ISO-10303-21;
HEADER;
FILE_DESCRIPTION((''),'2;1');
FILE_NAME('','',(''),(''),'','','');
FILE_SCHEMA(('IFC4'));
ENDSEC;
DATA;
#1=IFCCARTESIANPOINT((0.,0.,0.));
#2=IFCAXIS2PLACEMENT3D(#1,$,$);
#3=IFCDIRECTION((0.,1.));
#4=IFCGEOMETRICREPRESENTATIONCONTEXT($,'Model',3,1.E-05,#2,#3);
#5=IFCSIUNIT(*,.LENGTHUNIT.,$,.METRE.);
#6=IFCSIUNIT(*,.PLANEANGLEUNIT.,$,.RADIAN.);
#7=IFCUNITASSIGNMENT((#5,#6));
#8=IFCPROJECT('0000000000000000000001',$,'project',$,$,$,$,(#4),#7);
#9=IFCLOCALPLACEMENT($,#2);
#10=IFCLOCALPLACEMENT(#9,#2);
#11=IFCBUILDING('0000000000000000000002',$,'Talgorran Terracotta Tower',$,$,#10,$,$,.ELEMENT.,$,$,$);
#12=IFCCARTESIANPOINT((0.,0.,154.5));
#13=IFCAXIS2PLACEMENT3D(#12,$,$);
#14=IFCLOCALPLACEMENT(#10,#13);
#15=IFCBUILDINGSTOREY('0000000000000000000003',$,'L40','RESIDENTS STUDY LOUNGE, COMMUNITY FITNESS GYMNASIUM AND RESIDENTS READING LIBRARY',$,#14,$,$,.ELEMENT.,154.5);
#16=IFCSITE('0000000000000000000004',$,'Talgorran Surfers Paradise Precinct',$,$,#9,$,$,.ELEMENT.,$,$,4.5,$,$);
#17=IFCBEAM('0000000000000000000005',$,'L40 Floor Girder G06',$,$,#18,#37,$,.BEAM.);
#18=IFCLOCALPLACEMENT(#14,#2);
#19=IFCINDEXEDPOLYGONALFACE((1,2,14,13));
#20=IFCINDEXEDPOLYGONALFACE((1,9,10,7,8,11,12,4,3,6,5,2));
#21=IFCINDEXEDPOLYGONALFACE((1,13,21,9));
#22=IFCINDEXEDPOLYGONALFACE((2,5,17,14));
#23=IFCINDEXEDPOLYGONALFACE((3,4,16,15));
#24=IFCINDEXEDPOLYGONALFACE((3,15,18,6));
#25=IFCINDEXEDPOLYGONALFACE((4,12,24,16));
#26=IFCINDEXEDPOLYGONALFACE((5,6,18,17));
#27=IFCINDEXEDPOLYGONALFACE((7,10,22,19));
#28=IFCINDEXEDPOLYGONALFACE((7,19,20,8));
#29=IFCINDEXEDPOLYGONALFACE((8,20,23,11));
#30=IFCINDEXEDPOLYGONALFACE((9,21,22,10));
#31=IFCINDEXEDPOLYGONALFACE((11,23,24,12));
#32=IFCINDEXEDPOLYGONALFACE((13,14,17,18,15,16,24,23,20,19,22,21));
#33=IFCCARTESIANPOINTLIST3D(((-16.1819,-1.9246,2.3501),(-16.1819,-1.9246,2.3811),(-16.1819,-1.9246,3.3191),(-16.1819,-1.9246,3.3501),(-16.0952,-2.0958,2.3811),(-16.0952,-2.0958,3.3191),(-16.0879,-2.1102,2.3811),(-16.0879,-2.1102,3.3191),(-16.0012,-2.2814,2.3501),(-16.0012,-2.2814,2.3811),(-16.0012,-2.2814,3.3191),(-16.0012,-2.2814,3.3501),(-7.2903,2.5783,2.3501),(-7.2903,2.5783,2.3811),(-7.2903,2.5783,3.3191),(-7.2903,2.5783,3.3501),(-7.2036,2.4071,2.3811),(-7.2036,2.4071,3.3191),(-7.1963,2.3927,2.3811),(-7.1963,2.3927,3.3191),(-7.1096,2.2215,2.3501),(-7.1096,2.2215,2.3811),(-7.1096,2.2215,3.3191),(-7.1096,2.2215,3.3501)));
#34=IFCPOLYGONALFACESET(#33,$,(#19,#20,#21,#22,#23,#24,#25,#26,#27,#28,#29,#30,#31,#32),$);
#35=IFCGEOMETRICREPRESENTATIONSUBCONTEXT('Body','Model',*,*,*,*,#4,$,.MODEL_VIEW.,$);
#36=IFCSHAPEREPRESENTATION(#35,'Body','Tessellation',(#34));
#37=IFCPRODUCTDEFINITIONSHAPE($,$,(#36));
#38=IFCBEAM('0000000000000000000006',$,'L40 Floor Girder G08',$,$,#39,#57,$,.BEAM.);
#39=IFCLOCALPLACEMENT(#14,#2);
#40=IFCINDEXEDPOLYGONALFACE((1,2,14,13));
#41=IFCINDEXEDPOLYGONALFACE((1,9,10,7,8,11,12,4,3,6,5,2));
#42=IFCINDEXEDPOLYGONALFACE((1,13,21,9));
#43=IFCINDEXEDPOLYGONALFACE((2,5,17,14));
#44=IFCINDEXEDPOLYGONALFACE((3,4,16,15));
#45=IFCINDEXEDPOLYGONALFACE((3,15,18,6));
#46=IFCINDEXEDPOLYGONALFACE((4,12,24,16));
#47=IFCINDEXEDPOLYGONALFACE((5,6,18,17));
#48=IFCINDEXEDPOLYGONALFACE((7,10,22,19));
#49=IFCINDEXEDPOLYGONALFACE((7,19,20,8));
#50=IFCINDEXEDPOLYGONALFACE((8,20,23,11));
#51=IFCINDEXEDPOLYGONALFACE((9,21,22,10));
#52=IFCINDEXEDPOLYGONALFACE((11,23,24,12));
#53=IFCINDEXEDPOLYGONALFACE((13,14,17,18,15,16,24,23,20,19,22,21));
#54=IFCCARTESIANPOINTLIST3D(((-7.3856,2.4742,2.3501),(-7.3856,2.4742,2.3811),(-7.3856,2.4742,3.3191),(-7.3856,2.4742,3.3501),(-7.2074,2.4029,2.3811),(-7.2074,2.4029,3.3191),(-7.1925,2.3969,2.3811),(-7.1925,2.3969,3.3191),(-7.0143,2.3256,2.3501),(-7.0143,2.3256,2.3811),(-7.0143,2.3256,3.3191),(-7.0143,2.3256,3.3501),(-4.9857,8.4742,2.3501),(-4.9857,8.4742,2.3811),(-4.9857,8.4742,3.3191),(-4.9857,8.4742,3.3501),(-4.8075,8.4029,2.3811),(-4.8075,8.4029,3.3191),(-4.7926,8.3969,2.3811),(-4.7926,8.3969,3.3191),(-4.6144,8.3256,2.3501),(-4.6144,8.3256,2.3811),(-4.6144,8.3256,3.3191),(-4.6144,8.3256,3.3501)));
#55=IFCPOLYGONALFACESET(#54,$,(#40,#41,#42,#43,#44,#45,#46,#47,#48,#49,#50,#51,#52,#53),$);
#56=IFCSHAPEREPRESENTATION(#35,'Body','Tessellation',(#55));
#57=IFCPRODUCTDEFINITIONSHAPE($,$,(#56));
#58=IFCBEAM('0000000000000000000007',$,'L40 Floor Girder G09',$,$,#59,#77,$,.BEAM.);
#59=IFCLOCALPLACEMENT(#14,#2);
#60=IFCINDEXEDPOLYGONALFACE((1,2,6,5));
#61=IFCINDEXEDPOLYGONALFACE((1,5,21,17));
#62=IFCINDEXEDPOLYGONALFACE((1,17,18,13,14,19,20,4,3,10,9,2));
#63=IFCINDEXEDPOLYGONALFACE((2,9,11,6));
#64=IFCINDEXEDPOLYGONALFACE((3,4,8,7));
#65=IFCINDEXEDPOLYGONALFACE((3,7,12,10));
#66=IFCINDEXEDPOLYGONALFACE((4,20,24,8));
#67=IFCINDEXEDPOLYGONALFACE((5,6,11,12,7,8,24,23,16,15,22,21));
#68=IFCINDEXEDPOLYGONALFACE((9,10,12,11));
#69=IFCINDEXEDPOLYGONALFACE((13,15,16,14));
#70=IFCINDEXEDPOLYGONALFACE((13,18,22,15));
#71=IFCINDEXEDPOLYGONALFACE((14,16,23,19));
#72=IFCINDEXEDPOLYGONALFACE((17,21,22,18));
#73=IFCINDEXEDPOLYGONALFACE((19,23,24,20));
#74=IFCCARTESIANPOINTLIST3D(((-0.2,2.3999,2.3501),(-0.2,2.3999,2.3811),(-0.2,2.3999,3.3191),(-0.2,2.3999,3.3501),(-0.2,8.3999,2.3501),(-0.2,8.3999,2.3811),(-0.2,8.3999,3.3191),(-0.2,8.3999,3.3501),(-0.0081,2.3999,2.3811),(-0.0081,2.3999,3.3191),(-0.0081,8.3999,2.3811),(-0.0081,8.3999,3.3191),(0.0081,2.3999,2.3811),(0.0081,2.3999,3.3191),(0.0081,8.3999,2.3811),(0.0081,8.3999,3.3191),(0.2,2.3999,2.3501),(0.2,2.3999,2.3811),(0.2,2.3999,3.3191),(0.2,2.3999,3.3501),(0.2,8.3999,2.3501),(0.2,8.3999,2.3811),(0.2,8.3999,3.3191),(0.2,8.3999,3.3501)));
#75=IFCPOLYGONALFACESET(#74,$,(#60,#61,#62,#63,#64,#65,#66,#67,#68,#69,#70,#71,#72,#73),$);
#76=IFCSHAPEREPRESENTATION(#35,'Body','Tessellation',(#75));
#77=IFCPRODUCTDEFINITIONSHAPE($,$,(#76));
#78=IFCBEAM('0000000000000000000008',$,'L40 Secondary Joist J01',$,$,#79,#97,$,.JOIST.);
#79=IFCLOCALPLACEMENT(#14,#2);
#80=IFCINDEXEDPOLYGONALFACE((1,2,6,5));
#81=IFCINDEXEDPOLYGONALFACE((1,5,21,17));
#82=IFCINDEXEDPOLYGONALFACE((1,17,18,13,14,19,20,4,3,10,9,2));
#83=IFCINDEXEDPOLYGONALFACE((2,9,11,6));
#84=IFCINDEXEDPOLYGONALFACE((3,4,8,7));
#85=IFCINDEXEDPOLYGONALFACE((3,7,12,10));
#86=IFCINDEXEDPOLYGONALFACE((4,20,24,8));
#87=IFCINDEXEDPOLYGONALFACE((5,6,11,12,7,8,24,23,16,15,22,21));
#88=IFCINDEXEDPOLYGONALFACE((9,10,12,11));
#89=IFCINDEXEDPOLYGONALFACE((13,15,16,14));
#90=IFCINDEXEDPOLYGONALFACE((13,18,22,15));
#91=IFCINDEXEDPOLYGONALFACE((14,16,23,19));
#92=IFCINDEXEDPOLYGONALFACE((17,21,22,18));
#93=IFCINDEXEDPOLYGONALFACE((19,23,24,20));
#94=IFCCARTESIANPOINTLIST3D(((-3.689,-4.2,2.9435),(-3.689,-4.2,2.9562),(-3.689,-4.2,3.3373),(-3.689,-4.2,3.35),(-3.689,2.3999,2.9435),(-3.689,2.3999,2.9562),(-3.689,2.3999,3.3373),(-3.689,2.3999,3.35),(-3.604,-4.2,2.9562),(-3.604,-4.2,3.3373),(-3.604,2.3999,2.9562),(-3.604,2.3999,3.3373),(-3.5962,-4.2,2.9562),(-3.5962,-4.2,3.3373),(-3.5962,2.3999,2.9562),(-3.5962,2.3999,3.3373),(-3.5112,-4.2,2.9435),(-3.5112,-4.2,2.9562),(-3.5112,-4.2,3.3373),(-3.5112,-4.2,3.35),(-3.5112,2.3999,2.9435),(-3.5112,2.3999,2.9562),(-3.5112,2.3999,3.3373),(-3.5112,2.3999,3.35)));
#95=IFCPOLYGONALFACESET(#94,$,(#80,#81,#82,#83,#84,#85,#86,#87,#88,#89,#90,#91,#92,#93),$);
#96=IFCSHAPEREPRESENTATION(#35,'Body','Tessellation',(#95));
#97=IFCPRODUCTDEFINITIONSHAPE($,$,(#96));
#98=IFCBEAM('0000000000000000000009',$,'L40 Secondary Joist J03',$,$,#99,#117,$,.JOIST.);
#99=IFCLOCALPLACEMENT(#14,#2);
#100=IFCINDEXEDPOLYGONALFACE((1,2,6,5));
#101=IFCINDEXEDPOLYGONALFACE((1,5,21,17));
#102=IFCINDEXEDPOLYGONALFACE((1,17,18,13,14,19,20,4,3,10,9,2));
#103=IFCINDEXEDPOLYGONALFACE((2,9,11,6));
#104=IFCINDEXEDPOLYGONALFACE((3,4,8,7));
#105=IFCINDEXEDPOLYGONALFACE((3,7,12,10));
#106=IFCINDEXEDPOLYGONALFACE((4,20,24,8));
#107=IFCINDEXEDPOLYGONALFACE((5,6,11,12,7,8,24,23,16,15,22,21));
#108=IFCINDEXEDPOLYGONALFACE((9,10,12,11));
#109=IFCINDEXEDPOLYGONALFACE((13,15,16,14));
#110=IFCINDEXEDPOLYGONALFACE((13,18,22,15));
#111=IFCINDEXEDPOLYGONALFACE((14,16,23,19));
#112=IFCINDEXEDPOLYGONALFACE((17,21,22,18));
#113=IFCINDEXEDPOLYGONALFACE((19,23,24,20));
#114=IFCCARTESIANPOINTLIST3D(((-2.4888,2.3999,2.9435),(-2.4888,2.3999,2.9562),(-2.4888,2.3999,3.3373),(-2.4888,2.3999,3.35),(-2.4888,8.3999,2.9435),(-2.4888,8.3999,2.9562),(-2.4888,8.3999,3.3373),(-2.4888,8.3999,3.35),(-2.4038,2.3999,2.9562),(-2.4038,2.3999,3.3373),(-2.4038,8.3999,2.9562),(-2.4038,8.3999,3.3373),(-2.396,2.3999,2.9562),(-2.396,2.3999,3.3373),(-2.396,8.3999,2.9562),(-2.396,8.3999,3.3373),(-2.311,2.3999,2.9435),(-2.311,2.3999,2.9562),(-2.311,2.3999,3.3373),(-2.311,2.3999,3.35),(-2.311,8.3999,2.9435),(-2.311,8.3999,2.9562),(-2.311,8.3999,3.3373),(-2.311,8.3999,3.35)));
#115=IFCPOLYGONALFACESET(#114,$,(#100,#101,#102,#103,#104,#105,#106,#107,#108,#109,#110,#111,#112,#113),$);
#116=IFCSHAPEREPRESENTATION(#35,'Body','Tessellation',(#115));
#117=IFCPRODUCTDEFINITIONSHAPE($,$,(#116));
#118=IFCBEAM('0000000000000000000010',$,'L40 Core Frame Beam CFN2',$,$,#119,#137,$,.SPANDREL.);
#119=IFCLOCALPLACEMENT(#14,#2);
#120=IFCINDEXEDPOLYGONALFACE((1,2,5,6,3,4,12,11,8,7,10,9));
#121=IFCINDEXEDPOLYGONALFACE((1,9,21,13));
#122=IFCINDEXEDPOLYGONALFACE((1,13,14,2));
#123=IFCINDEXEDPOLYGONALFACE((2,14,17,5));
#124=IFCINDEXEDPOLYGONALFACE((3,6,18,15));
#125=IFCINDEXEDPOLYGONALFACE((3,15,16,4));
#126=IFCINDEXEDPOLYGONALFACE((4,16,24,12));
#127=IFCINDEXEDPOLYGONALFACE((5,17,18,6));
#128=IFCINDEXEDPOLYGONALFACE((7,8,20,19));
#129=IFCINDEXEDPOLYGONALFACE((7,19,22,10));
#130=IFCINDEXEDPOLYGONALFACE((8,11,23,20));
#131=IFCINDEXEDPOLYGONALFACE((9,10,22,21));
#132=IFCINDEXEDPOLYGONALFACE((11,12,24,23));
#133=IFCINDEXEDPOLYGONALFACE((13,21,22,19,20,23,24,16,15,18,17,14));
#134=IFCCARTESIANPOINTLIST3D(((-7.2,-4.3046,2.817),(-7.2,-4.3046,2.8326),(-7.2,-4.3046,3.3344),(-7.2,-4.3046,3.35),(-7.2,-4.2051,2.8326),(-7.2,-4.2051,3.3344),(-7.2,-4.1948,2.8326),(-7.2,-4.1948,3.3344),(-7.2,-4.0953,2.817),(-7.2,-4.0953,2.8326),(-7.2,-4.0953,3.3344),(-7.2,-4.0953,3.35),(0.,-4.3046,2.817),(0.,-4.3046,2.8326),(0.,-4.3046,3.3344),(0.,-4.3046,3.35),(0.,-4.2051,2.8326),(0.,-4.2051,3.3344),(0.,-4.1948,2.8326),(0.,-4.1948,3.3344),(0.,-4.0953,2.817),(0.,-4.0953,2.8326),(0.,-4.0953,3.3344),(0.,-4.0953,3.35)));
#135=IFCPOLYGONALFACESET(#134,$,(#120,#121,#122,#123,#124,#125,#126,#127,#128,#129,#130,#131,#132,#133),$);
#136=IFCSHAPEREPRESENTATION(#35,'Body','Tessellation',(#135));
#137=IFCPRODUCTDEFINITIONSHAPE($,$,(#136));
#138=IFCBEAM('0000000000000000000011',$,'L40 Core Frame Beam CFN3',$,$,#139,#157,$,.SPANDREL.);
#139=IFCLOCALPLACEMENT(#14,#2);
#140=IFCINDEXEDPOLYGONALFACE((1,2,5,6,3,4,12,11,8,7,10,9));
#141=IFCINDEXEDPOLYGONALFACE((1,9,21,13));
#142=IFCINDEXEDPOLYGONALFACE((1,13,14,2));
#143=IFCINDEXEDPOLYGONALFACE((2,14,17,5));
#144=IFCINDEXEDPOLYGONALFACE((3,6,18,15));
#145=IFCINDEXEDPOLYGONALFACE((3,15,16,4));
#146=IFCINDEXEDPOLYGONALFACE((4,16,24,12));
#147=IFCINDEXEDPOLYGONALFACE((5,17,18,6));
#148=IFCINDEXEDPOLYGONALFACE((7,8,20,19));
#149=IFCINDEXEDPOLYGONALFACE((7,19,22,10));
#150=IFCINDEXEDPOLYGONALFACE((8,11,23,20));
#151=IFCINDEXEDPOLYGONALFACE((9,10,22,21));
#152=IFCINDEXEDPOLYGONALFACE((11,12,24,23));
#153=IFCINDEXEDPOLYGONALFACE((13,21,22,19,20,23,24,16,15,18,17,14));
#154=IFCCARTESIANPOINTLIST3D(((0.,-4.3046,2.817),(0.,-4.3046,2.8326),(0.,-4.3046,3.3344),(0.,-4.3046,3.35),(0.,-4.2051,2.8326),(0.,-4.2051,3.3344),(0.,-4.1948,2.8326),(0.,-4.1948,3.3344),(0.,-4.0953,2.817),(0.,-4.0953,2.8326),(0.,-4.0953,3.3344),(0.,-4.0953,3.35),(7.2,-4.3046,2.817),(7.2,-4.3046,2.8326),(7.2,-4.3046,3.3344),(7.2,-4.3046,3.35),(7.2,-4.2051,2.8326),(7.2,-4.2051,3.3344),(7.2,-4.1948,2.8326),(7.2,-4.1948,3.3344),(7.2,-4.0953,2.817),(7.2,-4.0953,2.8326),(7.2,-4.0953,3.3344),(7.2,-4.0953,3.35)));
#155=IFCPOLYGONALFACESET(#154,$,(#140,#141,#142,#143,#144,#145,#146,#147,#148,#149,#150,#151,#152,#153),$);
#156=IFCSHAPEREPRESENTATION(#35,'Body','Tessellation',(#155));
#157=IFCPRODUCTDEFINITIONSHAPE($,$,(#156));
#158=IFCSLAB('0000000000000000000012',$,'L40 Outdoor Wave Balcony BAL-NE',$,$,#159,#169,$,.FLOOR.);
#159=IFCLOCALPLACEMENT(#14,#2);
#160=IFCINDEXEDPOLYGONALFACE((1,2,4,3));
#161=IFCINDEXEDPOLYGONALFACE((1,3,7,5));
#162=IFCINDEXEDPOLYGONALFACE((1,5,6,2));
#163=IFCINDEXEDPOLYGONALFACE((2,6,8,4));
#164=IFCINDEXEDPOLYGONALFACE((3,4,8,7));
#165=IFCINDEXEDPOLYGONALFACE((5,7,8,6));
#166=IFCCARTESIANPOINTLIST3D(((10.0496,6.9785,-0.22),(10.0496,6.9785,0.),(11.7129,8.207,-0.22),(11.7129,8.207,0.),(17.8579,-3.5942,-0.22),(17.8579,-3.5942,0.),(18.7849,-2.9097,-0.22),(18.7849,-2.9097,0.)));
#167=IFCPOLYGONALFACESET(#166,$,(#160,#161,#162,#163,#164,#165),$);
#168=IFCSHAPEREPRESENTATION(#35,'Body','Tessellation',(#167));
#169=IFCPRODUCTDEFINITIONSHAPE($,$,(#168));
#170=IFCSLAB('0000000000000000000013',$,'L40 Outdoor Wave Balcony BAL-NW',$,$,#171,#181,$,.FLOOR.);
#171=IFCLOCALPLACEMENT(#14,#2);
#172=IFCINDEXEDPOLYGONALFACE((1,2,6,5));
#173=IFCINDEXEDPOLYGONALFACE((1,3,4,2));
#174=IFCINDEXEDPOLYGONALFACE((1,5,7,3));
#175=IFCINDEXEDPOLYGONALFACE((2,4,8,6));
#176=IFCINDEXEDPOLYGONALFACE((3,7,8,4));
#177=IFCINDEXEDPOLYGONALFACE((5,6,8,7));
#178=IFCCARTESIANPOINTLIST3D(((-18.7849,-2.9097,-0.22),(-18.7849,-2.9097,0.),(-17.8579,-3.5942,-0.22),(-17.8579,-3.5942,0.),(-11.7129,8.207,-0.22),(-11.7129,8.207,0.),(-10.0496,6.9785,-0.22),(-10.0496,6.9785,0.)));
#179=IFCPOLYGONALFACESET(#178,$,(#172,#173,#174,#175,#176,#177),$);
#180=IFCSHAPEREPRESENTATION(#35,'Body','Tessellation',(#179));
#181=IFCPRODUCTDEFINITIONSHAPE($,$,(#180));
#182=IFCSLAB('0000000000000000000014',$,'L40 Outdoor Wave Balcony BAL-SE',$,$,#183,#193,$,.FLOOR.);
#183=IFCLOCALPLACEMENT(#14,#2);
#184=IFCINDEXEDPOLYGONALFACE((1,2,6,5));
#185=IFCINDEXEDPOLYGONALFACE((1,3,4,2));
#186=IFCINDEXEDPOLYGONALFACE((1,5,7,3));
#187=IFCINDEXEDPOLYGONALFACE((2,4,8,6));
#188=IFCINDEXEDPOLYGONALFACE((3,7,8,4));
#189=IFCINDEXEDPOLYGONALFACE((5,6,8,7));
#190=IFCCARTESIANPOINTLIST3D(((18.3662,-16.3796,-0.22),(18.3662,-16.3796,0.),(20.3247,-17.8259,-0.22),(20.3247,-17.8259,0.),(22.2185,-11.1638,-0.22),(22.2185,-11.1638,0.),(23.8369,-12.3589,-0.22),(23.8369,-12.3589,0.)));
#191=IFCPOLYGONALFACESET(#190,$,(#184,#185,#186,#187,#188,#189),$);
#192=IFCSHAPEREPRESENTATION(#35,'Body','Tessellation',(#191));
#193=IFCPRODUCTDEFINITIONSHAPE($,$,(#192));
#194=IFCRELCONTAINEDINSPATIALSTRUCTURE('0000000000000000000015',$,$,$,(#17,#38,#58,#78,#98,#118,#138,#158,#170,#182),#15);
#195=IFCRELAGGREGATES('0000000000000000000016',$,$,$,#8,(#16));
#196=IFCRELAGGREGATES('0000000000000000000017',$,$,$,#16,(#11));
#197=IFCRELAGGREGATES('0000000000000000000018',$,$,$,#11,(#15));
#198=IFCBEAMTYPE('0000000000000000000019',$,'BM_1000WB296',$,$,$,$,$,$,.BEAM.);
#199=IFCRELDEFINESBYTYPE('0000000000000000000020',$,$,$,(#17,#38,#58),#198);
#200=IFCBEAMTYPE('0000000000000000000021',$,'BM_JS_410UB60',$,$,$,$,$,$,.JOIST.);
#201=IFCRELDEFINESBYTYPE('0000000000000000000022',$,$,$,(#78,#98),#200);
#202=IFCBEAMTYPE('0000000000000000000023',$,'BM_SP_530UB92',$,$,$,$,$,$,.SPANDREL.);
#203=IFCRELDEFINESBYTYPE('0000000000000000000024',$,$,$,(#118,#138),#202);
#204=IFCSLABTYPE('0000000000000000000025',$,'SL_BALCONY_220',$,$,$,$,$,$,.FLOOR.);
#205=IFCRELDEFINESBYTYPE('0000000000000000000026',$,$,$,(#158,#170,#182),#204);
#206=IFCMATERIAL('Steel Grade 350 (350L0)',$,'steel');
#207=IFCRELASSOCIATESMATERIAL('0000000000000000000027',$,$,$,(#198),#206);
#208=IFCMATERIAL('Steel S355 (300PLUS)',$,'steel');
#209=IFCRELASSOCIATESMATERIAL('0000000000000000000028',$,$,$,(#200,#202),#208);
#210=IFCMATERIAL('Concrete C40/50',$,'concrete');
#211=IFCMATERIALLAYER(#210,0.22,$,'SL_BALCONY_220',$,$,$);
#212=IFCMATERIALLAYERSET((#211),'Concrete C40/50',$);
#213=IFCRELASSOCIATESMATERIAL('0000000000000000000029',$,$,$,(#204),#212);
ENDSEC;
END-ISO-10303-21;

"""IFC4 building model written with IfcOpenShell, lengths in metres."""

from ifc_helpers import new_model, si_unit, direction, frame, origin, origin_2d, place, context, subcontext, project, spatial, polyline, i_section, outline, extrude, material, layer, layer_set, material_profile, profile_set, type_object, element, save


model = new_model("IFC4")

# Units and contexts
model_context = context("Model", 3, precision=1e-05, world=origin(), true_north=direction((0.0, 1.0)))
body_context = subcontext(model_context, "Body", "Model", "MODEL_VIEW")
ifc_project = project(units=[si_unit("LENGTHUNIT", "METRE"), si_unit("PLANEANGLEUNIT", "RADIAN")], contexts=[model_context])

# Site, building, storey
site_placement = place(None, origin())
site = spatial("IfcSite", under=ifc_project, at=site_placement, Name="Talgorran Surfers Paradise Precinct", CompositionType="ELEMENT", RefElevation=4.5)
building_placement = place(site_placement, origin())
building = spatial("IfcBuilding", under=site, at=building_placement, Name="Talgorran Terracotta Tower", CompositionType="ELEMENT")
storey_placement = place(building_placement, frame((0.0, 0.0, 154.5)))
storey = spatial("IfcBuildingStorey", under=building, at=storey_placement, Name="L40", Description="RESIDENTS STUDY LOUNGE, COMMUNITY FITNESS GYMNASIUM AND RESIDENTS READING LIBRARY", CompositionType="ELEMENT", Elevation=154.5)

# Shared definitions
ifc_material_1 = material(Name="Steel S355 (300PLUS)", Category="steel")

# Beams
ifc_material_2 = material(Name="Steel Grade 350 (350L0)", Category="steel")
ifc_material_profile_1 = material_profile(ifc_material_2, i_section(OverallWidth=0.3999, OverallDepth=1.0, WebThickness=0.0161, FlangeThickness=0.031, at=origin_2d()), Name="1000WB296")
ifc_profile_set_1 = profile_set([ifc_material_profile_1], Name="Steel Grade 350 (350L0)")
beam_type_1 = type_object("IfcBeamType", Name="BM_1000WB296", PredefinedType="BEAM", material=ifc_profile_set_1)
beam_1_placement = place(storey_placement, frame((-7.2, 2.3999, 2.8501), z_axis=(-0.892123, -0.451793, 0.0), x_axis=(0.451793, -0.892123, 0.0)))
element("IfcBeam", 1, at=beam_1_placement, inside=storey, type_object=beam_type_1, Name="L40 Floor Girder G06", PredefinedType="BEAM", context=body_context, shape_type="SweptSolid", body=[
    extrude(i_section(OverallWidth=0.3999, OverallDepth=1.0, WebThickness=0.0161, FlangeThickness=0.031, at=origin_2d()), origin(), (0.0, 0.0, 1.0), 9.9668),
])
beam_2_placement = place(storey_placement, frame((-7.2, 2.3999, 2.8501), z_axis=(0.371378, 0.928482, 0.0), x_axis=(-0.928482, 0.371378, 0.0)))
element("IfcBeam", 2, at=beam_2_placement, inside=storey, type_object=beam_type_1, Name="L40 Floor Girder G08", PredefinedType="BEAM", context=body_context, shape_type="SweptSolid", body=[
    extrude(i_section(OverallWidth=0.3999, OverallDepth=1.0, WebThickness=0.0161, FlangeThickness=0.031, at=origin_2d()), origin(), (0.0, 0.0, 1.0), 6.4622),
])
beam_3_placement = place(storey_placement, frame((0.0, 2.3999, 2.8501), z_axis=(0.0, 1.0, 0.0), x_axis=(-1.0, 0.0, 0.0)))
element("IfcBeam", 3, at=beam_3_placement, inside=storey, type_object=beam_type_1, Name="L40 Floor Girder G09", PredefinedType="BEAM", context=body_context, shape_type="SweptSolid", body=[
    extrude(i_section(OverallWidth=0.3999, OverallDepth=1.0, WebThickness=0.0161, FlangeThickness=0.031, at=origin_2d()), origin(), (0.0, 0.0, 1.0), 6.0),
])
ifc_material_profile_2 = material_profile(ifc_material_1, i_section(OverallWidth=0.1777, OverallDepth=0.4065, WebThickness=0.0078, FlangeThickness=0.0127, at=origin_2d()), Name="410UB59.7")
ifc_profile_set_2 = profile_set([ifc_material_profile_2], Name="Steel S355 (300PLUS)")
beam_type_2 = type_object("IfcBeamType", Name="BM_JS_410UB60", PredefinedType="JOIST", material=ifc_profile_set_2)
beam_4_placement = place(storey_placement, frame((-3.6001, -4.2, 3.1467), z_axis=(0.0, 1.0, 0.0), x_axis=(-1.0, 0.0, 0.0)))
element("IfcBeam", 4, at=beam_4_placement, inside=storey, type_object=beam_type_2, Name="L40 Secondary Joist J01", PredefinedType="JOIST", context=body_context, shape_type="SweptSolid", body=[
    extrude(i_section(OverallWidth=0.1777, OverallDepth=0.4065, WebThickness=0.0078, FlangeThickness=0.0127, at=origin_2d()), origin(), (0.0, 0.0, 1.0), 6.5999),
])
beam_5_placement = place(storey_placement, frame((-2.3999, 2.3999, 3.1467), z_axis=(0.0, 1.0, 0.0), x_axis=(-1.0, 0.0, 0.0)))
element("IfcBeam", 5, at=beam_5_placement, inside=storey, type_object=beam_type_2, Name="L40 Secondary Joist J03", PredefinedType="JOIST", context=body_context, shape_type="SweptSolid", body=[
    extrude(i_section(OverallWidth=0.1777, OverallDepth=0.4065, WebThickness=0.0078, FlangeThickness=0.0127, at=origin_2d()), origin(), (0.0, 0.0, 1.0), 6.0),
])
ifc_material_profile_3 = material_profile(ifc_material_1, i_section(OverallWidth=0.2092, OverallDepth=0.533, WebThickness=0.0103, FlangeThickness=0.0156, at=origin_2d()), Name="530UB92.4")
ifc_profile_set_3 = profile_set([ifc_material_profile_3], Name="Steel S355 (300PLUS)")
beam_type_3 = type_object("IfcBeamType", Name="BM_SP_530UB92", PredefinedType="SPANDREL", material=ifc_profile_set_3)
for number, where, z_axis, x_axis, name in (
    (6, (-7.2, -4.2, 3.0835), (1.0, 0.0, 0.0), (0.0, 1.0, 0.0), "L40 Core Frame Beam CFN2"),
    (7, (0.0, -4.2, 3.0835), (1.0, 0.0, 0.0), (0.0, 1.0, 0.0), "L40 Core Frame Beam CFN3"),
):
    element("IfcBeam", number, at=place(storey_placement, frame(where, z_axis=z_axis, x_axis=x_axis)), inside=storey, type_object=beam_type_3, Name=name, PredefinedType="SPANDREL", context=body_context, shape_type="SweptSolid", body=[
        extrude(i_section(OverallWidth=0.2092, OverallDepth=0.533, WebThickness=0.0103, FlangeThickness=0.0156, at=origin_2d()), origin(), (0.0, 0.0, 1.0), 7.2),
    ])

# Slabs
ifc_material_3 = material(Name="Concrete C40/50", Category="concrete")
ifc_layer_1 = layer(ifc_material_3, 0.22, Name="SL_BALCONY_220")
ifc_layer_set_1 = layer_set([ifc_layer_1], Name="Concrete C40/50")
slab_type_1 = type_object("IfcSlabType", Name="SL_BALCONY_220", PredefinedType="FLOOR", material=ifc_layer_set_1)
slab_1_placement = place(storey_placement, frame((0.0, 0.0, -0.22)))
element("IfcSlab", 8, at=slab_1_placement, inside=storey, type_object=slab_type_1, Name="L40 Outdoor Wave Balcony BAL-NE", PredefinedType="FLOOR", context=body_context, shape_type="SweptSolid", body=[
    extrude(outline(polyline([(10.0496, 6.9785), (17.8579, -3.5942), (18.7849, -2.9097), (11.7129, 8.207), (10.0496, 6.9785)])), origin(), (0.0, 0.0, 1.0), 0.22),
])
slab_2_placement = place(storey_placement, frame((0.0, 0.0, -0.22)))
element("IfcSlab", 9, at=slab_2_placement, inside=storey, type_object=slab_type_1, Name="L40 Outdoor Wave Balcony BAL-NW", PredefinedType="FLOOR", context=body_context, shape_type="SweptSolid", body=[
    extrude(outline(polyline([(-17.8579, -3.5942), (-10.0496, 6.9785), (-11.7129, 8.207), (-18.7849, -2.9097), (-17.8579, -3.5942)])), origin(), (0.0, 0.0, 1.0), 0.22),
])
slab_3_placement = place(storey_placement, frame((0.0, 0.0, -0.22)))
element("IfcSlab", 10, at=slab_3_placement, inside=storey, type_object=slab_type_1, Name="L40 Outdoor Wave Balcony BAL-SE", PredefinedType="FLOOR", context=body_context, shape_type="SweptSolid", body=[
    extrude(outline(polyline([(22.2185, -11.1638), (18.3662, -16.3796), (20.3247, -17.8259), (23.8369, -12.3589), (22.2185, -11.1638)])), origin(), (0.0, 0.0, 1.0), 0.22),
])

save(model, "model.ifc")
